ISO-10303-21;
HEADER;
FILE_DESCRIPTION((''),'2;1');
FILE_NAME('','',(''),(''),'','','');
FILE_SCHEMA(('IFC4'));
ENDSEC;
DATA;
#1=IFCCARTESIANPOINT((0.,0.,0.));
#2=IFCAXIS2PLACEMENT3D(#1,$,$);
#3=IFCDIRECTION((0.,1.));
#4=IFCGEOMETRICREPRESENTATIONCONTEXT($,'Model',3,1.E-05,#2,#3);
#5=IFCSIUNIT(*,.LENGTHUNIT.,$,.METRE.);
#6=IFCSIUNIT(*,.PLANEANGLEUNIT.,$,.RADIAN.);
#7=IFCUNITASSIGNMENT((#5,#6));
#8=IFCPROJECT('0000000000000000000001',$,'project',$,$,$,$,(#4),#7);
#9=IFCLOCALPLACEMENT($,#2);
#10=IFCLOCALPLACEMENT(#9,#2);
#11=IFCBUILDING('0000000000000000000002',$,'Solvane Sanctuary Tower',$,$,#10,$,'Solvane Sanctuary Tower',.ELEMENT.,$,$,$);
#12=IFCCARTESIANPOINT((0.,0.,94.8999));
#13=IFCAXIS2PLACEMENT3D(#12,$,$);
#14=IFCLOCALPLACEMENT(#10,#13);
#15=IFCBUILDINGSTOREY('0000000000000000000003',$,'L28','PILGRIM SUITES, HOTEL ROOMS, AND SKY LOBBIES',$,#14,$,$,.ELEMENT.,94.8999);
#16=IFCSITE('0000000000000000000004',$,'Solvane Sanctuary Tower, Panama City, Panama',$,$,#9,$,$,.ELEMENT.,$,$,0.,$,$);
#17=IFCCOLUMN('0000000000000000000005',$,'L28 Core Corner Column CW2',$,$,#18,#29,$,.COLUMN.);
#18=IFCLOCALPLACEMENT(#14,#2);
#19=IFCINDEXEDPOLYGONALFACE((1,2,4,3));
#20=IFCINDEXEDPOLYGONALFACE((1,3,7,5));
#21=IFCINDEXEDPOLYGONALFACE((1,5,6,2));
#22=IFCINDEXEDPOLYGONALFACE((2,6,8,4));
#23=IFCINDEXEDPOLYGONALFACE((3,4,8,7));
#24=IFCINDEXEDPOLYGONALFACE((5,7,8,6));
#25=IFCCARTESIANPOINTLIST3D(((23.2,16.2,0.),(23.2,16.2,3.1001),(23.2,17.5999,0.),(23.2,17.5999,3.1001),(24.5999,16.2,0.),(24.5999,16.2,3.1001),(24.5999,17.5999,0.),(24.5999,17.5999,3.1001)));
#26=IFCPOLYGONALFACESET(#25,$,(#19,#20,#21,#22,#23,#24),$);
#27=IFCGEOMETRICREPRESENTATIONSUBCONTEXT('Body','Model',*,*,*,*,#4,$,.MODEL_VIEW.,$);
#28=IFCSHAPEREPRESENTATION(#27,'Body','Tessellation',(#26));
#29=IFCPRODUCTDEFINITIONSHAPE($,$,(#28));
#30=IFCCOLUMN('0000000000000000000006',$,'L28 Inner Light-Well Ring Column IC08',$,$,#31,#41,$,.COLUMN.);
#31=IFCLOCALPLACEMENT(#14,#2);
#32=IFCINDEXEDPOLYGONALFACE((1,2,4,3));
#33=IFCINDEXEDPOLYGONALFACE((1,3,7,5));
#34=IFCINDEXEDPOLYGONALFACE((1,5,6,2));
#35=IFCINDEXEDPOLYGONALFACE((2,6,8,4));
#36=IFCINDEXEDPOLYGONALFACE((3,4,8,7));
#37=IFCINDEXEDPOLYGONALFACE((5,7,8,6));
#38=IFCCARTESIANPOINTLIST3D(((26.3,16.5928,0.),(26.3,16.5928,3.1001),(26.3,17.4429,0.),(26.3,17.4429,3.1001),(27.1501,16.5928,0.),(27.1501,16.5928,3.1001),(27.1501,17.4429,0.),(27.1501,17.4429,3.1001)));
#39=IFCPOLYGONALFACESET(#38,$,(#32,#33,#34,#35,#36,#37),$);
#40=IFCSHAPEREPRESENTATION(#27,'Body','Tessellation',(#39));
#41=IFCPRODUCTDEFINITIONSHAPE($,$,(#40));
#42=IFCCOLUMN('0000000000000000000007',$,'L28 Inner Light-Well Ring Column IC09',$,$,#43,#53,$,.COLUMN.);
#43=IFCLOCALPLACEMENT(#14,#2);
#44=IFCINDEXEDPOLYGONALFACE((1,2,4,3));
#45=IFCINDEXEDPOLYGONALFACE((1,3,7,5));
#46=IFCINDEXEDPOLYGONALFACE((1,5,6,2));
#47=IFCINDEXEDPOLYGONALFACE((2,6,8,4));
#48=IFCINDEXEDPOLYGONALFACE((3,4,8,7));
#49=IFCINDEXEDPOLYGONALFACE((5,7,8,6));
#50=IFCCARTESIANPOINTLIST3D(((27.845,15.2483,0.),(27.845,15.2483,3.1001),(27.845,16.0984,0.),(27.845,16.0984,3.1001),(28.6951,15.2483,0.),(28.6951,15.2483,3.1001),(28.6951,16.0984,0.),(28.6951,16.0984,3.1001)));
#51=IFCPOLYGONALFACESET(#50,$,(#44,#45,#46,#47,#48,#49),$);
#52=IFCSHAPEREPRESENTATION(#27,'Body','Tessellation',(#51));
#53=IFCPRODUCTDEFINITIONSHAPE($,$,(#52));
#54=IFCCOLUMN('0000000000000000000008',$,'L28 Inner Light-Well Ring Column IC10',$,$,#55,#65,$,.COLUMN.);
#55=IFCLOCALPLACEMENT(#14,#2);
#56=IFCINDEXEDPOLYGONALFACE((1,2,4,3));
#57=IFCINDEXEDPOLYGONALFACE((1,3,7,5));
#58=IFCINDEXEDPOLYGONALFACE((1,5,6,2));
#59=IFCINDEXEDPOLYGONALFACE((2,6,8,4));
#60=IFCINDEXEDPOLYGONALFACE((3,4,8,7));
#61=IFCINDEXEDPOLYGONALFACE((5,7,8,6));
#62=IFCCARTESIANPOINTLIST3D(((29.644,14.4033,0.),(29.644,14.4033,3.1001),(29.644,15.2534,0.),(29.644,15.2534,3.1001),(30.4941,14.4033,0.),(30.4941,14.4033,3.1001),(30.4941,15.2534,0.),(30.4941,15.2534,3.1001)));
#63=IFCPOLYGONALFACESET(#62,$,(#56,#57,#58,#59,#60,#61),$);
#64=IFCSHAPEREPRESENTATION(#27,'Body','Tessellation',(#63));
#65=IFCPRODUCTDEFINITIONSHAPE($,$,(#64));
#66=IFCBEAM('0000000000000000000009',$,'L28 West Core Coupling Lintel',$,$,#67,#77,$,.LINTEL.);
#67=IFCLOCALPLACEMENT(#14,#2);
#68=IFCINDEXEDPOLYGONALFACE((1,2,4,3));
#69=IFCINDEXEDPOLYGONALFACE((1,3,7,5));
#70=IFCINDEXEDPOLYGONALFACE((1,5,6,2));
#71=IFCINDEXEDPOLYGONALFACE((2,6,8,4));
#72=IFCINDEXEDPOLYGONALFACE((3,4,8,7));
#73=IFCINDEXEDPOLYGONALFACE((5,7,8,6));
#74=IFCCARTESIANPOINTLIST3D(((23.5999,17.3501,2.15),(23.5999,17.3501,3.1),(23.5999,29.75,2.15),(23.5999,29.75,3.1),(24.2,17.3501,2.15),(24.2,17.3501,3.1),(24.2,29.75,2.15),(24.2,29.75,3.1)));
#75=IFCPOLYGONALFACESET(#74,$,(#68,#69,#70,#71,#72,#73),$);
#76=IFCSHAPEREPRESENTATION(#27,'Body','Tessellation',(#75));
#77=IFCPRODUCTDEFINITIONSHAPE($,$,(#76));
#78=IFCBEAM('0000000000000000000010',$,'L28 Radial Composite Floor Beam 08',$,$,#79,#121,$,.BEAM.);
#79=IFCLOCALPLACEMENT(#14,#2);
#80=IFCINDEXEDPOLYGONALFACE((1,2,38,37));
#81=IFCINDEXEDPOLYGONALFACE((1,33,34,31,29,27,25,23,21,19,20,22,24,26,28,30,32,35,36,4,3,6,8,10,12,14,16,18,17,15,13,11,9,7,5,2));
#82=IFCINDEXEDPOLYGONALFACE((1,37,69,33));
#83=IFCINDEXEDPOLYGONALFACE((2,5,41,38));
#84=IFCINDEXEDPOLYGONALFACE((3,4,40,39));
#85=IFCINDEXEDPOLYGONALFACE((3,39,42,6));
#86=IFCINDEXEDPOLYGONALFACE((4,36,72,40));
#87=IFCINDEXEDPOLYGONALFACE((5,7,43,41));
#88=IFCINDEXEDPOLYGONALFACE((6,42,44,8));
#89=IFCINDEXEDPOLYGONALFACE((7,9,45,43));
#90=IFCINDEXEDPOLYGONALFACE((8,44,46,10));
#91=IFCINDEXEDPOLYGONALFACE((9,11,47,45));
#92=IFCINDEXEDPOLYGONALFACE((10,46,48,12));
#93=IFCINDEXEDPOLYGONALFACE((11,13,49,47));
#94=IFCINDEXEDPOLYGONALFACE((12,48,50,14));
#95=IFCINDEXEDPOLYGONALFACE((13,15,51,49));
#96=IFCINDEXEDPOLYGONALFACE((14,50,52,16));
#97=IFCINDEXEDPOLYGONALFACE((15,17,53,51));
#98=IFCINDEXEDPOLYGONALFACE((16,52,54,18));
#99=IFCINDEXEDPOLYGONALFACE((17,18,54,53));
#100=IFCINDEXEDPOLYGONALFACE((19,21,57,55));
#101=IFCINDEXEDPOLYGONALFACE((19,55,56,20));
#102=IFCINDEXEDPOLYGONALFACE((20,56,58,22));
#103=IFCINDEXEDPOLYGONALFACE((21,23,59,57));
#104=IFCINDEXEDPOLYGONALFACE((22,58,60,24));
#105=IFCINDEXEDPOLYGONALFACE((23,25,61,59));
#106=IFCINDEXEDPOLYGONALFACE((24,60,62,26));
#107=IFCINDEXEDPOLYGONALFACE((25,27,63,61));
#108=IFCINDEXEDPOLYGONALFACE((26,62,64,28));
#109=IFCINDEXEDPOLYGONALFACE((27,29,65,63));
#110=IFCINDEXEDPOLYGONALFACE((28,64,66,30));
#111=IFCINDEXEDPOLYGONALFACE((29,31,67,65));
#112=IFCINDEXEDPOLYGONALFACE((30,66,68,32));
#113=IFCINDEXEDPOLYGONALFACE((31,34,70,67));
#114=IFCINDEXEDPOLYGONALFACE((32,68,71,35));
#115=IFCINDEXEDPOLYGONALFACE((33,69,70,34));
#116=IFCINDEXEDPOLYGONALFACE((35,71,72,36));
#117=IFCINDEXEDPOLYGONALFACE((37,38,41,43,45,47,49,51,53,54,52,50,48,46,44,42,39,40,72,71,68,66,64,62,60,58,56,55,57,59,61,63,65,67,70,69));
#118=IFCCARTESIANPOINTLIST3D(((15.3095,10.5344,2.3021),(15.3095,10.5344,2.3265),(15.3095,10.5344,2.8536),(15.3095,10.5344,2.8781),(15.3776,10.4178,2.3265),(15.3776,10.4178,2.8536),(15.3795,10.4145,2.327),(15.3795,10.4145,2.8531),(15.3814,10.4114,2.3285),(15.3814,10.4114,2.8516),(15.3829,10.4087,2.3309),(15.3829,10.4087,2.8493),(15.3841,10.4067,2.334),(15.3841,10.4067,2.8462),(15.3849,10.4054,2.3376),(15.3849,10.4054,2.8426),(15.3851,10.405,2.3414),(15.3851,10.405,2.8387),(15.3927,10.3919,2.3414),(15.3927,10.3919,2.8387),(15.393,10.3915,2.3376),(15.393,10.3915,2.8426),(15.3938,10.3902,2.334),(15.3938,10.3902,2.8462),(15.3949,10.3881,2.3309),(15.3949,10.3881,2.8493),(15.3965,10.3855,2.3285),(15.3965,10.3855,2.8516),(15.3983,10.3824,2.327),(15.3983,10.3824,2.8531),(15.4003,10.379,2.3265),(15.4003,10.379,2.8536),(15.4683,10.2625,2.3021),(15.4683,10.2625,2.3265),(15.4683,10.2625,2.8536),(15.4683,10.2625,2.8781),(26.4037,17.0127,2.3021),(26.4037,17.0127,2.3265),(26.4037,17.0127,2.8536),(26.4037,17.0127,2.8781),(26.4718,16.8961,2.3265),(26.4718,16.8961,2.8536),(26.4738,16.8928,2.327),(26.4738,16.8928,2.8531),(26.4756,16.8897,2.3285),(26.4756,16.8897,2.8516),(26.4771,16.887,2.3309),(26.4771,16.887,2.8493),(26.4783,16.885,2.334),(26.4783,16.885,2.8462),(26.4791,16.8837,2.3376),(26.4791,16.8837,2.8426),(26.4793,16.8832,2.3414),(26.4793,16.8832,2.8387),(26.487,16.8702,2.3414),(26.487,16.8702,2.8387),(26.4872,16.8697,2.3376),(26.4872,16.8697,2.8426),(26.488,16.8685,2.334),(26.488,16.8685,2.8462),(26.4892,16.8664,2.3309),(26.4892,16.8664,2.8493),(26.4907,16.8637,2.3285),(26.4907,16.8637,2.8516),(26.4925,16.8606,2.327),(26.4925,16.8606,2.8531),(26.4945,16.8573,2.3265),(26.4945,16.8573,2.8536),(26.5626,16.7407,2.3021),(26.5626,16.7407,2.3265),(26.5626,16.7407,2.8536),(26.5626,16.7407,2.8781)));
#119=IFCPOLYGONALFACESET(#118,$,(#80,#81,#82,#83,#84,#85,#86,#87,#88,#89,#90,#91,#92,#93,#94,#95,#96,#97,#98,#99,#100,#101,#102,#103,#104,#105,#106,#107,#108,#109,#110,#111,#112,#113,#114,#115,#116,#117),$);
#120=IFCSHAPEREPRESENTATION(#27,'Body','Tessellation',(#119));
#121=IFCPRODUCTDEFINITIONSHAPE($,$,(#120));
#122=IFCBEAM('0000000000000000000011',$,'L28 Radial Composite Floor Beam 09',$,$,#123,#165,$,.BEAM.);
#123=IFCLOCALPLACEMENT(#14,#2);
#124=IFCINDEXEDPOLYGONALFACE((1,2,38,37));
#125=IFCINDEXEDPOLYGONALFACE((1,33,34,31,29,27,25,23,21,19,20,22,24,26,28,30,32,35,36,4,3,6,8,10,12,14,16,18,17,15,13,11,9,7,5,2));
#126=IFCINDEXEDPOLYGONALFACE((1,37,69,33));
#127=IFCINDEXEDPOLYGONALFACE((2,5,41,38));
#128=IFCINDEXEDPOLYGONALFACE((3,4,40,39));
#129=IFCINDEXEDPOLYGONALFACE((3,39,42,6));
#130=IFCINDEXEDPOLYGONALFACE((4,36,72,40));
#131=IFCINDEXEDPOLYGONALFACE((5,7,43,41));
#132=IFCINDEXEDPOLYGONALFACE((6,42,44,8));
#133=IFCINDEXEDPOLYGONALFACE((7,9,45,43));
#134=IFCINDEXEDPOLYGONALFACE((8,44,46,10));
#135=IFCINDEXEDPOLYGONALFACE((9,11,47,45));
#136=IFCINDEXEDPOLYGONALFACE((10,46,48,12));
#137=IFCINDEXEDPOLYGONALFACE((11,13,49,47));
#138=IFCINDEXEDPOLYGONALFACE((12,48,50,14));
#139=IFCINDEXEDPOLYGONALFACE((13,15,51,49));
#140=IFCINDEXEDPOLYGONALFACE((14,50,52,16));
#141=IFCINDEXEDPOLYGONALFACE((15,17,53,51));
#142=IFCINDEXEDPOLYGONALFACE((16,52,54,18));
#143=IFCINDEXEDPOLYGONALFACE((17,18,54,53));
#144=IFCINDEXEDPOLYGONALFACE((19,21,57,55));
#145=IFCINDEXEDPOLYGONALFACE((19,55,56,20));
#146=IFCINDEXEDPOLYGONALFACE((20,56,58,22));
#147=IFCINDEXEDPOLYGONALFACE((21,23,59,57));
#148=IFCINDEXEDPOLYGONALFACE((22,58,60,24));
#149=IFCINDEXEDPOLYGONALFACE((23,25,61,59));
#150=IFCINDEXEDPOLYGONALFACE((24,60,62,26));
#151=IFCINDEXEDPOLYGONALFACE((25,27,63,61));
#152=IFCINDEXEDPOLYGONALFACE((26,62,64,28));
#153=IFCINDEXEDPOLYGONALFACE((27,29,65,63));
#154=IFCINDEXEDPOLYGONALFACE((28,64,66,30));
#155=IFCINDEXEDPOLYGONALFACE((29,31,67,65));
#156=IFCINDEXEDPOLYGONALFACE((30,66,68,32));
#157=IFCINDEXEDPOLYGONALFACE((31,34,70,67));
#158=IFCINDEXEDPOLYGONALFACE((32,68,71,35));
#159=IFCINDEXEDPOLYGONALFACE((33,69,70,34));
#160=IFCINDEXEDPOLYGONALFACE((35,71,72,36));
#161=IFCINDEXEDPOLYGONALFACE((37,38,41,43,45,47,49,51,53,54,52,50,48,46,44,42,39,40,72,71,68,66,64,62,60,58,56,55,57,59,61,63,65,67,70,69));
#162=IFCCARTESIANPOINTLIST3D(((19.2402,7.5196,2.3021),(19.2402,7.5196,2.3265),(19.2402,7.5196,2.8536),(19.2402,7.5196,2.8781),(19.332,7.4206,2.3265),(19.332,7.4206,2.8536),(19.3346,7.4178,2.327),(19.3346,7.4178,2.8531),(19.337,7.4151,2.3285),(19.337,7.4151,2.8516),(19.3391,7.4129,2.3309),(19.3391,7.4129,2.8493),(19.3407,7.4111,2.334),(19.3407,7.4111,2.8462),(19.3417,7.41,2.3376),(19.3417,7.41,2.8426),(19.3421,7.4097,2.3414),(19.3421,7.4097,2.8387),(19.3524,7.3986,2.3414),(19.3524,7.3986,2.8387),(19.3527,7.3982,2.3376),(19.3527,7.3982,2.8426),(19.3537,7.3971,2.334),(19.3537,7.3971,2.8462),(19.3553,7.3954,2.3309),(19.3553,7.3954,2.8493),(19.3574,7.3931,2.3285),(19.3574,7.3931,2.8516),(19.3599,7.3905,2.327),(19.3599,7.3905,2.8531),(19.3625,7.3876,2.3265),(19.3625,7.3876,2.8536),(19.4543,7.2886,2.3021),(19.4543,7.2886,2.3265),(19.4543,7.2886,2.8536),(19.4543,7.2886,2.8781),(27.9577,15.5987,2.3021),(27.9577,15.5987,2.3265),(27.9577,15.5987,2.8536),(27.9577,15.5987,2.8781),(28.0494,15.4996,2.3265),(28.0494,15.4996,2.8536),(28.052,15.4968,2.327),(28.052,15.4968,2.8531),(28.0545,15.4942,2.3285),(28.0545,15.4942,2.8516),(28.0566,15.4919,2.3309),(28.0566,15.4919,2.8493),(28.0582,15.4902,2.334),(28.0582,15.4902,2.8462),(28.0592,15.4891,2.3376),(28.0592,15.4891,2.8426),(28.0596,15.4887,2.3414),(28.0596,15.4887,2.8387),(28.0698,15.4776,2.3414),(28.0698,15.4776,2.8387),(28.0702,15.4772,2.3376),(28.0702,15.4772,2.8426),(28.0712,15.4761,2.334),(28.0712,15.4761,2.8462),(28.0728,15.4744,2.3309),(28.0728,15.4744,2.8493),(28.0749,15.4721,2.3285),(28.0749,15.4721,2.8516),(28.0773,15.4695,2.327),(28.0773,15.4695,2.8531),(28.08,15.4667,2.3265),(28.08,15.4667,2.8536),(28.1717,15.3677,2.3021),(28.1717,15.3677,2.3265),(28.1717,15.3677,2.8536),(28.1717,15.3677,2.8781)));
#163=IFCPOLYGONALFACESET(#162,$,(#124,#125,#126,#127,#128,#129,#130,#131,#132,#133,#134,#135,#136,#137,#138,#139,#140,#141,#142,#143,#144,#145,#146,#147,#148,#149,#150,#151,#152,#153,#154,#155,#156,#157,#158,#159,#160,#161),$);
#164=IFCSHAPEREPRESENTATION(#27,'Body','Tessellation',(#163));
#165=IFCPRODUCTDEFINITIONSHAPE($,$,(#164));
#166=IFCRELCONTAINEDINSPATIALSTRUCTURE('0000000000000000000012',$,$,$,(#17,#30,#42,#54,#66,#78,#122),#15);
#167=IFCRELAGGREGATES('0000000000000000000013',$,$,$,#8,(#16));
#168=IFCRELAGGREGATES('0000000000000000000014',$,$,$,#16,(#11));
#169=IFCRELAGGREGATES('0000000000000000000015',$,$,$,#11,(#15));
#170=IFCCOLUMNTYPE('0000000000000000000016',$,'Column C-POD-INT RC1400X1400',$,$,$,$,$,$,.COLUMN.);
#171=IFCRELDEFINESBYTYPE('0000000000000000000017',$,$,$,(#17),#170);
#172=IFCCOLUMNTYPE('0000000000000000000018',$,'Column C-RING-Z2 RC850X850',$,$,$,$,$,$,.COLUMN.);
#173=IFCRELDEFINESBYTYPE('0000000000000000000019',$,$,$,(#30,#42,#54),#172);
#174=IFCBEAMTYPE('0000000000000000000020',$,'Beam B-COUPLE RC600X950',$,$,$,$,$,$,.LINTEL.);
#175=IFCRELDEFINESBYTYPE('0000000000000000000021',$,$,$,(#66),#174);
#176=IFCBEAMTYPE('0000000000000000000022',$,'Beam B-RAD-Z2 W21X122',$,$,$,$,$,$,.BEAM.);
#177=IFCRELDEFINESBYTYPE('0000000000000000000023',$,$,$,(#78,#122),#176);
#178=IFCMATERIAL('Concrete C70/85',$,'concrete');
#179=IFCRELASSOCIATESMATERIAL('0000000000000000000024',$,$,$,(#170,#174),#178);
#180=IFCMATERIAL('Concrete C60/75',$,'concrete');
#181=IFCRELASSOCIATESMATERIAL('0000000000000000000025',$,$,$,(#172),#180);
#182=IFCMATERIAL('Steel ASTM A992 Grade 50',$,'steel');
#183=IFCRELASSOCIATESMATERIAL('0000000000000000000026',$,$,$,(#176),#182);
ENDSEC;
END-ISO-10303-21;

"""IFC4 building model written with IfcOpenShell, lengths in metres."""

from ifc_helpers import new_model, si_unit, direction, frame, origin, origin_2d, place, context, subcontext, project, spatial, rectangle, i_section, extrude, material, material_profile, profile_set, type_object, element, save


model = new_model("IFC4")

# Units and contexts
model_context = context("Model", 3, precision=1e-05, world=origin(), true_north=direction((0.0, 1.0)))
body_context = subcontext(model_context, "Body", "Model", "MODEL_VIEW")
ifc_project = project(units=[si_unit("LENGTHUNIT", "METRE"), si_unit("PLANEANGLEUNIT", "RADIAN")], contexts=[model_context])

# Site, building, storey
site_placement = place(None, origin())
site = spatial("IfcSite", under=ifc_project, at=site_placement, Name="Solvane Sanctuary Tower, Panama City, Panama", CompositionType="ELEMENT", RefElevation=0.0)
building_placement = place(site_placement, origin())
building = spatial("IfcBuilding", under=site, at=building_placement, Name="Solvane Sanctuary Tower", LongName="Solvane Sanctuary Tower", CompositionType="ELEMENT")
storey_placement = place(building_placement, frame((0.0, 0.0, 94.8999)))
storey = spatial("IfcBuildingStorey", under=building, at=storey_placement, Name="L28", Description="PILGRIM SUITES, HOTEL ROOMS, AND SKY LOBBIES", CompositionType="ELEMENT", Elevation=94.8999)

# Columns
ifc_material_1 = material(Name="Concrete C70/85", Category="concrete")
ifc_material_profile_1 = material_profile(ifc_material_1, rectangle(XDim=1.3999, YDim=1.3999, at=origin_2d()), Name="RC1400X1400")
ifc_profile_set_1 = profile_set([ifc_material_profile_1], Name="Concrete C70/85")
column_type_1 = type_object("IfcColumnType", Name="Column C-POD-INT RC1400X1400", PredefinedType="COLUMN", material=ifc_profile_set_1)
column_placement = place(storey_placement, frame((23.8999, 16.8999, 0.0), z_axis=(0.0, 0.0, 1.0), x_axis=(1.0, 0.0, 0.0)))
element("IfcColumn", 1, at=column_placement, inside=storey, type_object=column_type_1, Name="L28 Core Corner Column CW2", PredefinedType="COLUMN", context=body_context, shape_type="SweptSolid", body=[
    extrude(rectangle(XDim=1.3999, YDim=1.3999, at=origin_2d()), origin(), (0.0, 0.0, 1.0), 3.1001),
])
ifc_material_2 = material(Name="Concrete C60/75", Category="concrete")
ifc_material_profile_2 = material_profile(ifc_material_2, rectangle(XDim=0.8501, YDim=0.8501, at=origin_2d()), Name="RC850X850")
ifc_profile_set_2 = profile_set([ifc_material_profile_2], Name="Concrete C60/75")
column_type_2 = type_object("IfcColumnType", Name="Column C-RING-Z2 RC850X850", PredefinedType="COLUMN", material=ifc_profile_set_2)
for number, where, z_axis, x_axis, name in (
    (2, (26.7251, 17.0178, 0.0), (0.0, 0.0, 1.0), (1.0, 0.0, 0.0), "L28 Inner Light-Well Ring Column IC08"),
    (3, (28.27, 15.6733, 0.0), (0.0, 0.0, 1.0), (1.0, 0.0, 0.0), "L28 Inner Light-Well Ring Column IC09"),
    (4, (30.0691, 14.8284, 0.0), (0.0, 0.0, 1.0), (1.0, 0.0, 0.0), "L28 Inner Light-Well Ring Column IC10"),
):
    element("IfcColumn", number, at=place(storey_placement, frame(where, z_axis=z_axis, x_axis=x_axis)), inside=storey, type_object=column_type_2, Name=name, PredefinedType="COLUMN", context=body_context, shape_type="SweptSolid", body=[
        extrude(rectangle(XDim=0.8501, YDim=0.8501, at=origin_2d()), origin(), (0.0, 0.0, 1.0), 3.1001),
    ])

# Beams
ifc_material_profile_3 = material_profile(ifc_material_1, rectangle(XDim=0.6001, YDim=0.95, at=origin_2d()), Name="RC600X950")
ifc_profile_set_3 = profile_set([ifc_material_profile_3], Name="Concrete C70/85")
beam_type_1 = type_object("IfcBeamType", Name="Beam B-COUPLE RC600X950", PredefinedType="LINTEL", material=ifc_profile_set_3)
beam_1_placement = place(storey_placement, frame((23.8999, 17.3501, 2.625), z_axis=(0.0, 1.0, 0.0), x_axis=(-1.0, 0.0, 0.0)))
element("IfcBeam", 5, at=beam_1_placement, inside=storey, type_object=beam_type_1, Name="L28 West Core Coupling Lintel", PredefinedType="LINTEL", context=body_context, shape_type="SweptSolid", body=[
    extrude(rectangle(XDim=0.6001, YDim=0.95, at=origin_2d()), origin(), (0.0, 0.0, 1.0), 12.3999),
])
ifc_material_3 = material(Name="Steel ASTM A992 Grade 50", Category="steel")
ifc_material_profile_4 = material_profile(ifc_material_3, i_section(OverallWidth=0.3149, OverallDepth=0.5759, WebThickness=0.0151, FlangeThickness=0.0244, FilletRadius=0.0149, at=origin_2d()), Name="W21X122")
ifc_profile_set_4 = profile_set([ifc_material_profile_4], Name="Steel ASTM A992 Grade 50")
beam_type_2 = type_object("IfcBeamType", Name="Beam B-RAD-Z2 W21X122", PredefinedType="BEAM", material=ifc_profile_set_4)
beam_2_placement = place(storey_placement, frame((26.4832, 16.8767, 2.5901), z_axis=(-0.863554, -0.504256, 0.0), x_axis=(0.504256, -0.863554, 0.0)))
element("IfcBeam", 6, at=beam_2_placement, inside=storey, type_object=beam_type_2, Name="L28 Radial Composite Floor Beam 08", PredefinedType="BEAM", context=body_context, shape_type="SweptSolid", body=[
    extrude(i_section(OverallWidth=0.3149, OverallDepth=0.5759, WebThickness=0.0151, FlangeThickness=0.0244, FilletRadius=0.0149, at=origin_2d()), origin(), (0.0, 0.0, 1.0), 12.8472),
])
beam_3_placement = place(storey_placement, frame((28.0647, 15.4832, 2.5901), z_axis=(-0.733454, -0.679739, 0.0), x_axis=(0.679739, -0.733454, 0.0)))
element("IfcBeam", 7, at=beam_3_placement, inside=storey, type_object=beam_type_2, Name="L28 Radial Composite Floor Beam 09", PredefinedType="BEAM", context=body_context, shape_type="SweptSolid", body=[
    extrude(i_section(OverallWidth=0.3149, OverallDepth=0.5759, WebThickness=0.0151, FlangeThickness=0.0244, FilletRadius=0.0149, at=origin_2d()), origin(), (0.0, 0.0, 1.0), 11.8855),
])

save(model, "model.ifc")
